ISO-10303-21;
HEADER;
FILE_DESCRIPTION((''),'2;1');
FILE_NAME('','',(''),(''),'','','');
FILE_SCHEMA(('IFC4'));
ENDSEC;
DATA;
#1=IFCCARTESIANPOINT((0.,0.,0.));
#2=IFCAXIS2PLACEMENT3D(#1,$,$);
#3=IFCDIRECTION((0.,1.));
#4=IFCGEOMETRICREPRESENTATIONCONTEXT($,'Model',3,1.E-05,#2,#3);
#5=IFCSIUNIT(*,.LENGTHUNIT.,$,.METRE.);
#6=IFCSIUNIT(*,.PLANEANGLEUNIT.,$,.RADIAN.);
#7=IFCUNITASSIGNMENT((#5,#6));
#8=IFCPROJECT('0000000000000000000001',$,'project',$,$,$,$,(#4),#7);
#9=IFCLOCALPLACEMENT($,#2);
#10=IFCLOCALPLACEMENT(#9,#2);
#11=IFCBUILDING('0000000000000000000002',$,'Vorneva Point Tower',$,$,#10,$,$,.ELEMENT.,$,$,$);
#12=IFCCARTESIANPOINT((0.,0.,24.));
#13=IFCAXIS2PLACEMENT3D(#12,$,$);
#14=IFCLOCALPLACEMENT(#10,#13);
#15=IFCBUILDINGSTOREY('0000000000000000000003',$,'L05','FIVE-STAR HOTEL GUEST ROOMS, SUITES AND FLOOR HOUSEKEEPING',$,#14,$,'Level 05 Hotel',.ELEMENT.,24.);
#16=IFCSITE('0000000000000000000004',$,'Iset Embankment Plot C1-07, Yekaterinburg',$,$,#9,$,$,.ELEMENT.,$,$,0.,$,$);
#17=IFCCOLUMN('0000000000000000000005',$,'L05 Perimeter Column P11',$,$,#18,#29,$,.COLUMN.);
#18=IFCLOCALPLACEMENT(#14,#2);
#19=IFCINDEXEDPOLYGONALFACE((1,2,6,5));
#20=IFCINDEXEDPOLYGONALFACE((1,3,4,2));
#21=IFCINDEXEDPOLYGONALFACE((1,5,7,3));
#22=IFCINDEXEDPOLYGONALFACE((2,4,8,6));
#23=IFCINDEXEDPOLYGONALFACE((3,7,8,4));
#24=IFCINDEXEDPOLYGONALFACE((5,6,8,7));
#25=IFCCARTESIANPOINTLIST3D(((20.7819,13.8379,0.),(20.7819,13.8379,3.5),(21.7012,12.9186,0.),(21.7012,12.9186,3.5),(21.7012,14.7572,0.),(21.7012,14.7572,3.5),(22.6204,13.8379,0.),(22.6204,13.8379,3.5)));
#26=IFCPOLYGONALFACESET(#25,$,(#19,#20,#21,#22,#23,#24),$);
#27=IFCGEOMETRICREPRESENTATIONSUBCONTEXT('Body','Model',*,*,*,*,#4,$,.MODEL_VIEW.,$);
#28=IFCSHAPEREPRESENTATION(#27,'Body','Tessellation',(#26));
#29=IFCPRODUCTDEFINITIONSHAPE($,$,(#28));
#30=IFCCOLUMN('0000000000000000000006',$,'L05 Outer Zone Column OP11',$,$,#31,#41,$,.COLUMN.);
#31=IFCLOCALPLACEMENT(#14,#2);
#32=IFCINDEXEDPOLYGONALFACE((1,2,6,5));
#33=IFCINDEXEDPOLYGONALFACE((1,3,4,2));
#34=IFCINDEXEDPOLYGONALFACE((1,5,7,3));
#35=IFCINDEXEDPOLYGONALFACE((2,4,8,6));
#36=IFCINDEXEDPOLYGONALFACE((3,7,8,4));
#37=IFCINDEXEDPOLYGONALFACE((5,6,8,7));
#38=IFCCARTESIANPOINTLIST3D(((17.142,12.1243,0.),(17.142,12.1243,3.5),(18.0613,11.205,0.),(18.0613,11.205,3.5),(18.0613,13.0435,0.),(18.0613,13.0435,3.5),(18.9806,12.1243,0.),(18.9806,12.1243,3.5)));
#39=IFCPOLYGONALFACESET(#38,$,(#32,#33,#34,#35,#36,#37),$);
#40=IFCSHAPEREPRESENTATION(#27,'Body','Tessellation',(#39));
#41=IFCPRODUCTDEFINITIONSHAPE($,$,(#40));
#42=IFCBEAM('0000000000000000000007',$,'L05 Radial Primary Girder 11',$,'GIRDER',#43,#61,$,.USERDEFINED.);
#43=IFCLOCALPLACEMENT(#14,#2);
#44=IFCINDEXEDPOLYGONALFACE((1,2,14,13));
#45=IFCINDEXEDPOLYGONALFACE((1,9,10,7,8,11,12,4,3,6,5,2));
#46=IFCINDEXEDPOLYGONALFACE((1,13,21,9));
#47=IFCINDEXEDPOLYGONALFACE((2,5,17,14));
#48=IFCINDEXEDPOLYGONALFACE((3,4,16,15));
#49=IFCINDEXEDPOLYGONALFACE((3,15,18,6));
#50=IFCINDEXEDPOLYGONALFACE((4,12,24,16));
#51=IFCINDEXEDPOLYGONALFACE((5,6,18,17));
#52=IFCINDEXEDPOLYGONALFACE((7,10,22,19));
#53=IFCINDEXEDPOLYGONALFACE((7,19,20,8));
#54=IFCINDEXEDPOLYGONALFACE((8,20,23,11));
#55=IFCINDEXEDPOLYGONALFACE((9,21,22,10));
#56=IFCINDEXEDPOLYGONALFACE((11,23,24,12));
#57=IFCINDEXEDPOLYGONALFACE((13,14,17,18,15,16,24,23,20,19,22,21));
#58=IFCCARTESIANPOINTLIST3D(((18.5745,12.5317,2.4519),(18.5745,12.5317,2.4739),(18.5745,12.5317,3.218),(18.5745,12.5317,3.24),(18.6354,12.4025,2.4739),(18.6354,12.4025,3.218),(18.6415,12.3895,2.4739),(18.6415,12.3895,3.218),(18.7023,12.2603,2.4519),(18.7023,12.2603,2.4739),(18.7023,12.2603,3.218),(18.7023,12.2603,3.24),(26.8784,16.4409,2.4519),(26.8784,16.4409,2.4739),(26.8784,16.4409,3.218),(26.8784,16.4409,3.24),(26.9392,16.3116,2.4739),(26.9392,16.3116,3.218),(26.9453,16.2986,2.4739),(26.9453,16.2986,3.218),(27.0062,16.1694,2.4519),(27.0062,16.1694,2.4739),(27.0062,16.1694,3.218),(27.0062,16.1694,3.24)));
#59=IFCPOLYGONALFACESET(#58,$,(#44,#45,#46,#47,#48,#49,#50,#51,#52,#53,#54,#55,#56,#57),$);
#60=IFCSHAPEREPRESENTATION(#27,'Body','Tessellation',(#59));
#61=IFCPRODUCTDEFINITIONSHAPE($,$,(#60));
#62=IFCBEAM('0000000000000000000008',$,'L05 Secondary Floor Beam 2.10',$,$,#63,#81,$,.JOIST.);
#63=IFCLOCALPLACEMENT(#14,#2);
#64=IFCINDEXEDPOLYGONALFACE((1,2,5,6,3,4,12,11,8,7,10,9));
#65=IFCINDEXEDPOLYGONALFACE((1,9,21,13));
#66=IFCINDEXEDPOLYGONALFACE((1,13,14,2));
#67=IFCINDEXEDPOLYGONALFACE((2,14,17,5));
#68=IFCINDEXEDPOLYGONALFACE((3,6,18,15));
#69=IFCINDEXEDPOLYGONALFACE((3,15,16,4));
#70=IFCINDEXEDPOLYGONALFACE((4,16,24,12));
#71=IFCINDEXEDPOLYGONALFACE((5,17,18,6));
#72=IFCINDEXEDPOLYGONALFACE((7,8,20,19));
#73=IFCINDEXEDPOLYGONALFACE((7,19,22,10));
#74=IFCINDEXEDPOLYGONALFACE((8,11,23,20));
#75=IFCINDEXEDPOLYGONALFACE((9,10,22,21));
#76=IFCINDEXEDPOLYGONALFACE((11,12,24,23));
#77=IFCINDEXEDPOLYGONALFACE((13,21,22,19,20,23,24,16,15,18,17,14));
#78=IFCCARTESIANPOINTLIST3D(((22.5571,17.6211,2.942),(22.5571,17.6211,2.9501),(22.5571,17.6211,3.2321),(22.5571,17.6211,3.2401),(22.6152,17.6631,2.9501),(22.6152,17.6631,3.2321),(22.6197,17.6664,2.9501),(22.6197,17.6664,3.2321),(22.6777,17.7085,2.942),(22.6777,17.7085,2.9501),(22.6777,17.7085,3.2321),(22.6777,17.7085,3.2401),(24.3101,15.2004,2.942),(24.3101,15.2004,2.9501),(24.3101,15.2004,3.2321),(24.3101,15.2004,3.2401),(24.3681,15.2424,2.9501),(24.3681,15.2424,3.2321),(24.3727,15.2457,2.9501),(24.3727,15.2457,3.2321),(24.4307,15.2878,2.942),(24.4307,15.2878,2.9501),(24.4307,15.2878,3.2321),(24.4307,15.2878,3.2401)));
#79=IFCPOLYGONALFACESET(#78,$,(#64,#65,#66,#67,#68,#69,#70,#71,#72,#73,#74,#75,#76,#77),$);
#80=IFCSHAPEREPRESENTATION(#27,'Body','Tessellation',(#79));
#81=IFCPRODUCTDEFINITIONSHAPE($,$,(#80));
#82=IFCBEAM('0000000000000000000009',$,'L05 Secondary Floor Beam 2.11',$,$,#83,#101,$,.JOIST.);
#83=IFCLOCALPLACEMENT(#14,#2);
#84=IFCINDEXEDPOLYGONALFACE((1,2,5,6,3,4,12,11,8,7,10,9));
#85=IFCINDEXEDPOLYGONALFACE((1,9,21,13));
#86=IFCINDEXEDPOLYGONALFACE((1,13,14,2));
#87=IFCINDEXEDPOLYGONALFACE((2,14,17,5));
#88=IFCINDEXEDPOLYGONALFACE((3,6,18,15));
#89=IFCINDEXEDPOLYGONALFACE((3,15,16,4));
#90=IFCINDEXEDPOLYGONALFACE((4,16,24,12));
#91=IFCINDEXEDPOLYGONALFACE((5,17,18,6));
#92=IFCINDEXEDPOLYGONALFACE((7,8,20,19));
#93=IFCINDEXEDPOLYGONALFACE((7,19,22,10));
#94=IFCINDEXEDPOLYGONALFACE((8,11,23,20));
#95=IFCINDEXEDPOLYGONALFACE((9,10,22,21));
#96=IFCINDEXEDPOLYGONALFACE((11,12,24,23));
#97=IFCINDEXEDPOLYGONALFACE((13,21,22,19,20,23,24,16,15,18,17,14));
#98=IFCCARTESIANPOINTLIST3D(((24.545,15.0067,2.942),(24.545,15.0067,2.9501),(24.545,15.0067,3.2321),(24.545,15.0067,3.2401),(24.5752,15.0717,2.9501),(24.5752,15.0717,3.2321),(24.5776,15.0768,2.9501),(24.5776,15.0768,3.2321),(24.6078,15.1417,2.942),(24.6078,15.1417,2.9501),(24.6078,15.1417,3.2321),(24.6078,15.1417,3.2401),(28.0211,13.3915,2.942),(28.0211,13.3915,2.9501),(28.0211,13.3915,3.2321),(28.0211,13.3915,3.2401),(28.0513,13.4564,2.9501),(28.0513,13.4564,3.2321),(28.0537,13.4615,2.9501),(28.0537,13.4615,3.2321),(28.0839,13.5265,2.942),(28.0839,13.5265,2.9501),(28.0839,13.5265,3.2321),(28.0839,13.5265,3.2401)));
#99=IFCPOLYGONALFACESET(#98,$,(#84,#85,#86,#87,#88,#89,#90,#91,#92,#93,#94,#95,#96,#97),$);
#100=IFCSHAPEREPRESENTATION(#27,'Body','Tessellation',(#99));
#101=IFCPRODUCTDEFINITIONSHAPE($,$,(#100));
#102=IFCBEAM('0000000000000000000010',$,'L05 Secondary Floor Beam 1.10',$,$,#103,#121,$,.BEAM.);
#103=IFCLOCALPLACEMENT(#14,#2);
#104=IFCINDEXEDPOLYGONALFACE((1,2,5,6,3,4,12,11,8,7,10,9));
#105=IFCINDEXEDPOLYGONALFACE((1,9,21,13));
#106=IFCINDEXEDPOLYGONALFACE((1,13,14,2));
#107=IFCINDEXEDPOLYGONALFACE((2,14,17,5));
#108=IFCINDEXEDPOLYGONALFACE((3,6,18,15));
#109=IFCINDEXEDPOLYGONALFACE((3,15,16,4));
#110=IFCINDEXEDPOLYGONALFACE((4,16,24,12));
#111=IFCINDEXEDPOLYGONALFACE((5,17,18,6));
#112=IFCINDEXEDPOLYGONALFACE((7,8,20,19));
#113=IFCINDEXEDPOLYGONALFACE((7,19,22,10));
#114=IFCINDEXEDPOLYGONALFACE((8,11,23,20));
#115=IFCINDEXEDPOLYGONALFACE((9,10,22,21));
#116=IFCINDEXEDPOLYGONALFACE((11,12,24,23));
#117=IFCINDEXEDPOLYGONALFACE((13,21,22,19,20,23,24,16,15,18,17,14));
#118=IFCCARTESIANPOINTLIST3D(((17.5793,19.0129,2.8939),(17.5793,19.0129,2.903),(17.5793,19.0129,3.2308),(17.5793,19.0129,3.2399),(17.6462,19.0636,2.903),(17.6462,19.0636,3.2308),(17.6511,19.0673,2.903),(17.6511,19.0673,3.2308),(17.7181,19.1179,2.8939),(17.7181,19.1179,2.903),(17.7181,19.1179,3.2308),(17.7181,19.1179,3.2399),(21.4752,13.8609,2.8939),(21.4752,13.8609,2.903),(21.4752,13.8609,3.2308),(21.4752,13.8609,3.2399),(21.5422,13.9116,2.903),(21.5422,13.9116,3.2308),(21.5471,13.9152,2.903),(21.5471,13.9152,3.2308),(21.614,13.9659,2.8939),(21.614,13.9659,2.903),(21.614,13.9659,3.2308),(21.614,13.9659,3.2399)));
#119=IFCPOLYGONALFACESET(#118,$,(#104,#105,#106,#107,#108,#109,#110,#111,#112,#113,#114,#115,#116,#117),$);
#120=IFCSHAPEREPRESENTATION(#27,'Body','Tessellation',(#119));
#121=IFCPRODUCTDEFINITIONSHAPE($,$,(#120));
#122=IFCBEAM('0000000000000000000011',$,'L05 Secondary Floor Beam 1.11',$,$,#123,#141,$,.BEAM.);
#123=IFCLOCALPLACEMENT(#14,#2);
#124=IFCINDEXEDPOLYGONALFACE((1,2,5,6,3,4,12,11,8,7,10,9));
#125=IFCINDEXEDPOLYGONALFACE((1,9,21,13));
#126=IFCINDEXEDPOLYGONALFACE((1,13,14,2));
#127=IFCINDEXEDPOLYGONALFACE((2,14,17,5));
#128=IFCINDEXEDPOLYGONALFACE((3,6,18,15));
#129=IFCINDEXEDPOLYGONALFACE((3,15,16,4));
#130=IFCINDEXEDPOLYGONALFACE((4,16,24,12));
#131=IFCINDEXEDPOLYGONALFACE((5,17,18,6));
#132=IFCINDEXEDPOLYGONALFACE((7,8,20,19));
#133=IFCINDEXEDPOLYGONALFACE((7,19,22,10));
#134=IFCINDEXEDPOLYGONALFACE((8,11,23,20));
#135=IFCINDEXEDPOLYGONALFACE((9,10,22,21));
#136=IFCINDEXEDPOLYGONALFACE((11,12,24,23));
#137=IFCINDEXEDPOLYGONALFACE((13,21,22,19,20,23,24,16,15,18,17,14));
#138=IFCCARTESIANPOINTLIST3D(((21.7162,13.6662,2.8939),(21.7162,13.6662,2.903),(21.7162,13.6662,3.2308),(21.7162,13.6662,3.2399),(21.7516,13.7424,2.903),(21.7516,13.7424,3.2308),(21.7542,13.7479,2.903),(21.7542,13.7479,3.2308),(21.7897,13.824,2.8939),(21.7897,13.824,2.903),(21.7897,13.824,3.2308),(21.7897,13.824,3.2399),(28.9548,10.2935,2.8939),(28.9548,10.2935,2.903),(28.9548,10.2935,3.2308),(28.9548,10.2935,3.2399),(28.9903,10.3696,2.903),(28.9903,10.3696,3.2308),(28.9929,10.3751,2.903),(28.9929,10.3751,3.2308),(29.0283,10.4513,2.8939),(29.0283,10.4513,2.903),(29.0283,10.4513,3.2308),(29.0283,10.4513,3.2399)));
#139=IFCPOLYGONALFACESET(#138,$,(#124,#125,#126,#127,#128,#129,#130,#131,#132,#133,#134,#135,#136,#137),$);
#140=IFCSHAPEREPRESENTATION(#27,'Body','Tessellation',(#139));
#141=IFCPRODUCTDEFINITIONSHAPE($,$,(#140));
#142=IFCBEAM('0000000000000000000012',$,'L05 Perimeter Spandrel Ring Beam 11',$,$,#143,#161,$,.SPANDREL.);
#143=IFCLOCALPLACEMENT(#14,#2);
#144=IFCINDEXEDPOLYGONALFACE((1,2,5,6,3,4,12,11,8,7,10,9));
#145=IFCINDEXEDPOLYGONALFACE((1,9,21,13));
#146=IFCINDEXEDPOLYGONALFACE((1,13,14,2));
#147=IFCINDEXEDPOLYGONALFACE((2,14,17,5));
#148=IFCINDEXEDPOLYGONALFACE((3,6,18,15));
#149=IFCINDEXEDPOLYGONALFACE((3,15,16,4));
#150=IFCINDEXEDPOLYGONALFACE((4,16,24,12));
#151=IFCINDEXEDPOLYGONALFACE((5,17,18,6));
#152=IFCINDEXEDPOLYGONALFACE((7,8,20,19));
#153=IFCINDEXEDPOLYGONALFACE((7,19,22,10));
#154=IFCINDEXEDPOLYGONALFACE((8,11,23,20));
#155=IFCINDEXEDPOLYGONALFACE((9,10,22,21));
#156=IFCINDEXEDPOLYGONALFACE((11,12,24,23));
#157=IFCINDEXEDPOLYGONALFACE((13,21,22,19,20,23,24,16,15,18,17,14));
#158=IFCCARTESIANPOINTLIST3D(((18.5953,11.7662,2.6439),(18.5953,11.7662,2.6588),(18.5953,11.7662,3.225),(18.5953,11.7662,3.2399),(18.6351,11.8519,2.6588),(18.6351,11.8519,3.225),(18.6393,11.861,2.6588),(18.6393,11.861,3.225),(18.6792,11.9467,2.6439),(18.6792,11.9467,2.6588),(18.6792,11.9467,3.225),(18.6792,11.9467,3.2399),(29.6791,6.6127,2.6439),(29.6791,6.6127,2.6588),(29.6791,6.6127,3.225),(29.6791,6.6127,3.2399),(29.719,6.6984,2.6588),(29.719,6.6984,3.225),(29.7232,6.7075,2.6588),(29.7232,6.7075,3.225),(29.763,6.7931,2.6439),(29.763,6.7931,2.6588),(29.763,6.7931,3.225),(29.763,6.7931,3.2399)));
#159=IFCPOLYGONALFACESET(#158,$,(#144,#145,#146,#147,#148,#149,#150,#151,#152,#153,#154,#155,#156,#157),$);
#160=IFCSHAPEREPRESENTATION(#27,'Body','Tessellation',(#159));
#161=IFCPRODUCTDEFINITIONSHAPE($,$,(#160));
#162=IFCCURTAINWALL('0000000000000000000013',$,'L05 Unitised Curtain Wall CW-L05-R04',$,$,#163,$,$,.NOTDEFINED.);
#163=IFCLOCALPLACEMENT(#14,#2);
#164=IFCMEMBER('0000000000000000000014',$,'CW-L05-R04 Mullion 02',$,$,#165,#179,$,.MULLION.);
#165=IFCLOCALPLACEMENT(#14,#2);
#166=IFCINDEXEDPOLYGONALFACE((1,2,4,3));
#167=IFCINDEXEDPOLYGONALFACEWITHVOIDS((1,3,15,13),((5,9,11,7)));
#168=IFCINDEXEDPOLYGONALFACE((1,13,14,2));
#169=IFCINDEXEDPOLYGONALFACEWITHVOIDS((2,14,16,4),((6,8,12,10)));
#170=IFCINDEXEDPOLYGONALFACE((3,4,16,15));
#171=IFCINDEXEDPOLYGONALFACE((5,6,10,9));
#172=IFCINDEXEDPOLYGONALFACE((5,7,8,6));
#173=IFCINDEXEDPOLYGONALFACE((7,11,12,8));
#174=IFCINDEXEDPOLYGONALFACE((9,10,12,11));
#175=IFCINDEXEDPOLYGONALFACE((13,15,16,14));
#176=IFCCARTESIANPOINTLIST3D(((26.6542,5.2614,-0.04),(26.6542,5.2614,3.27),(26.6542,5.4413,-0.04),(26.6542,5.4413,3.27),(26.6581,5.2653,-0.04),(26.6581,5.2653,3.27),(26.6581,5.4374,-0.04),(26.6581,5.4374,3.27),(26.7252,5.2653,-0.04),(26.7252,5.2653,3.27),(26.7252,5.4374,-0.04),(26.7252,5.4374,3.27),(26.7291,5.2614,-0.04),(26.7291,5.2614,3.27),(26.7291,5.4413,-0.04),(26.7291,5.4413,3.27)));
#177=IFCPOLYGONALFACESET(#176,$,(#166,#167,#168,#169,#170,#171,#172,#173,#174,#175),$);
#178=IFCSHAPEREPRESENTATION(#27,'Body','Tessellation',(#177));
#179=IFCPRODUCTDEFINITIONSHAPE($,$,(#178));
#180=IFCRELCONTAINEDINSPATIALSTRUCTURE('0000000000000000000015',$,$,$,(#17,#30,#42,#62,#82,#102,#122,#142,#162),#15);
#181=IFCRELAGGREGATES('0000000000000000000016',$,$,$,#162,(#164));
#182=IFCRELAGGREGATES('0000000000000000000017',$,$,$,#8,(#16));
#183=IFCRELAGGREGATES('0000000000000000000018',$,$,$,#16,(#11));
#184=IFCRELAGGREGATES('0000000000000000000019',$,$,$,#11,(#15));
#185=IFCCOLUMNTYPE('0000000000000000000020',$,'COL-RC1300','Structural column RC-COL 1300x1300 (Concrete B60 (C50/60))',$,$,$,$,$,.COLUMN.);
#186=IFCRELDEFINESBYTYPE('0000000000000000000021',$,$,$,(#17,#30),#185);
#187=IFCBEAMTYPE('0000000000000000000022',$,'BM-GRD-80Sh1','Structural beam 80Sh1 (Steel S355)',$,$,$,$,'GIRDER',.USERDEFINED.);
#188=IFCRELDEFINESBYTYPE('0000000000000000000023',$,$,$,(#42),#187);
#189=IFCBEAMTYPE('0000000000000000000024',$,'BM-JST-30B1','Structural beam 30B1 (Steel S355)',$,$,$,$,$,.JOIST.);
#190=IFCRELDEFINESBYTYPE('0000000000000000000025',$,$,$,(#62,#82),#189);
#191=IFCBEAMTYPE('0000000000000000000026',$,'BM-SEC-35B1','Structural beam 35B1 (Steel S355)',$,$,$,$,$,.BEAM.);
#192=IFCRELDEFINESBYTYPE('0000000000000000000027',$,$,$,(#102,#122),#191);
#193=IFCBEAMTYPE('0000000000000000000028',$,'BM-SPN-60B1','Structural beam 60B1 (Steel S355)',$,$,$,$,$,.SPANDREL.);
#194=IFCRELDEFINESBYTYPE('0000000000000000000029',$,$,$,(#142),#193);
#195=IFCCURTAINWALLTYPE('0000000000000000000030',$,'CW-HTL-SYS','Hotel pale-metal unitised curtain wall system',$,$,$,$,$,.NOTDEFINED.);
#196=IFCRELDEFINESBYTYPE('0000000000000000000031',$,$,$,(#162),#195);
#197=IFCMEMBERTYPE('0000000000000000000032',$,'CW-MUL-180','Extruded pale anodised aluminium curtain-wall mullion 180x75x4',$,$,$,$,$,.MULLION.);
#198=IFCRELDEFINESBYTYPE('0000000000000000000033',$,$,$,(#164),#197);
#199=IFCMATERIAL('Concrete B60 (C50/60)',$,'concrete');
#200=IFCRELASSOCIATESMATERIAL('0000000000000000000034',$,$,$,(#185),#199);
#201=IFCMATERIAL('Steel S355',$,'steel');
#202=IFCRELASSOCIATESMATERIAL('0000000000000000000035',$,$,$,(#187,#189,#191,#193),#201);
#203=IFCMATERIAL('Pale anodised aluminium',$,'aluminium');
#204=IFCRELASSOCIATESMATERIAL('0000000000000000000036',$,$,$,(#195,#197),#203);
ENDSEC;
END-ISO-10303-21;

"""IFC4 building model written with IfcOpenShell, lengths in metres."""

from ifc_helpers import new_model, si_unit, direction, frame, origin, origin_2d, place, context, subcontext, project, spatial, rectangle, hollow_rectangle, i_section, extrude, material, material_profile, profile_set, type_object, element, aggregate, save


model = new_model("IFC4")

# Units and contexts
model_context = context("Model", 3, precision=1e-05, world=origin(), true_north=direction((0.0, 1.0)))
body_context = subcontext(model_context, "Body", "Model", "MODEL_VIEW")
ifc_project = project(units=[si_unit("LENGTHUNIT", "METRE"), si_unit("PLANEANGLEUNIT", "RADIAN")], contexts=[model_context])

# Site, building, storey
site_placement = place(None, origin())
site = spatial("IfcSite", under=ifc_project, at=site_placement, Name="Iset Embankment Plot C1-07, Yekaterinburg", CompositionType="ELEMENT", RefElevation=0.0)
building_placement = place(site_placement, origin())
building = spatial("IfcBuilding", under=site, at=building_placement, Name="Vorneva Point Tower", CompositionType="ELEMENT")
storey_placement = place(building_placement, frame((0.0, 0.0, 24.0)))
storey = spatial("IfcBuildingStorey", under=building, at=storey_placement, Name="L05", Description="FIVE-STAR HOTEL GUEST ROOMS, SUITES AND FLOOR HOUSEKEEPING", LongName="Level 05 Hotel", CompositionType="ELEMENT", Elevation=24.0)

# Columns
ifc_material_1 = material(Name="Concrete B60 (C50/60)", Category="concrete")
ifc_material_profile_1 = material_profile(ifc_material_1, rectangle(XDim=1.3, YDim=1.3, at=origin_2d()), Name="RC-COL 1300x1300")
ifc_profile_set_1 = profile_set([ifc_material_profile_1], Name="Concrete B60 (C50/60)")
column_type = type_object("IfcColumnType", Name="COL-RC1300", Description="Structural column RC-COL 1300x1300 (Concrete B60 (C50/60))", PredefinedType="COLUMN", material=ifc_profile_set_1)
for number, where, z_axis, x_axis, name in (
    (1, (21.7012, 13.8379, 0.0), (0.0, 0.0, 1.0), (-0.707107, -0.707107, 0.0), "L05 Perimeter Column P11"),
    (2, (18.0613, 12.1243, 0.0), (0.0, 0.0, 1.0), (-0.707107, -0.707107, 0.0), "L05 Outer Zone Column OP11"),
):
    element("IfcColumn", number, at=place(storey_placement, frame(where, z_axis=z_axis, x_axis=x_axis)), inside=storey, type_object=column_type, Name=name, PredefinedType="COLUMN", context=body_context, shape_type="SweptSolid", body=[
        extrude(rectangle(XDim=1.3, YDim=1.3, at=origin_2d()), origin(), (0.0, 0.0, 1.0), 3.5),
    ])

# Beams
ifc_material_2 = material(Name="Steel S355", Category="steel")
ifc_material_profile_2 = material_profile(ifc_material_2, i_section(OverallWidth=0.3, OverallDepth=0.7881, WebThickness=0.0144, FlangeThickness=0.022, at=origin_2d()), Name="80Sh1")
ifc_profile_set_2 = profile_set([ifc_material_profile_2], Name="Steel S355")
beam_type_1 = type_object("IfcBeamType", Name="BM-GRD-80Sh1", Description="Structural beam 80Sh1 (Steel S355)", ElementType="GIRDER", PredefinedType="USERDEFINED", material=ifc_profile_set_2)
beam_1_placement = place(storey_placement, frame((18.6384, 12.396, 2.8459), z_axis=(0.904758, 0.425925, 0.0), x_axis=(-0.425925, 0.904758, 0.0)))
element("IfcBeam", 3, at=beam_1_placement, inside=storey, type_object=beam_type_1, Name="L05 Radial Primary Girder 11", ObjectType="GIRDER", PredefinedType="USERDEFINED", context=body_context, shape_type="SweptSolid", body=[
    extrude(i_section(OverallWidth=0.3, OverallDepth=0.7881, WebThickness=0.0144, FlangeThickness=0.022, at=origin_2d()), origin(), (0.0, 0.0, 1.0), 9.178),
])
ifc_material_profile_3 = material_profile(ifc_material_2, i_section(OverallWidth=0.1489, OverallDepth=0.2981, WebThickness=0.0056, FlangeThickness=0.0081, at=origin_2d()), Name="30B1")
ifc_profile_set_3 = profile_set([ifc_material_profile_3], Name="Steel S355")
beam_type_2 = type_object("IfcBeamType", Name="BM-JST-30B1", Description="Structural beam 30B1 (Steel S355)", PredefinedType="JOIST", material=ifc_profile_set_3)
beam_2_placement = place(storey_placement, frame((22.6174, 17.6648, 3.0911), z_axis=(0.586519, -0.809935, 0.0), x_axis=(0.809935, 0.586519, 0.0)))
element("IfcBeam", 4, at=beam_2_placement, inside=storey, type_object=beam_type_2, Name="L05 Secondary Floor Beam 2.10", PredefinedType="JOIST", context=body_context, shape_type="SweptSolid", body=[
    extrude(i_section(OverallWidth=0.1489, OverallDepth=0.2981, WebThickness=0.0056, FlangeThickness=0.0081, at=origin_2d()), origin(), (0.0, 0.0, 1.0), 2.9888),
])
beam_3_placement = place(storey_placement, frame((24.5764, 15.0742, 3.0911), z_axis=(0.906875, -0.421399, 0.0), x_axis=(0.421399, 0.906875, 0.0)))
element("IfcBeam", 5, at=beam_3_placement, inside=storey, type_object=beam_type_2, Name="L05 Secondary Floor Beam 2.11", PredefinedType="JOIST", context=body_context, shape_type="SweptSolid", body=[
    extrude(i_section(OverallWidth=0.1489, OverallDepth=0.2981, WebThickness=0.0056, FlangeThickness=0.0081, at=origin_2d()), origin(), (0.0, 0.0, 1.0), 3.833),
])
ifc_material_profile_4 = material_profile(ifc_material_2, i_section(OverallWidth=0.1741, OverallDepth=0.3459, WebThickness=0.0061, FlangeThickness=0.009, at=origin_2d()), Name="35B1")
ifc_profile_set_4 = profile_set([ifc_material_profile_4], Name="Steel S355")
beam_type_3 = type_object("IfcBeamType", Name="BM-SEC-35B1", Description="Structural beam 35B1 (Steel S355)", PredefinedType="BEAM", material=ifc_profile_set_4)
beam_4_placement = place(storey_placement, frame((17.6487, 19.0654, 3.0669), z_axis=(0.603158, -0.797622, 0.0), x_axis=(0.797622, 0.603158, 0.0)))
element("IfcBeam", 6, at=beam_4_placement, inside=storey, type_object=beam_type_3, Name="L05 Secondary Floor Beam 1.10", PredefinedType="BEAM", context=body_context, shape_type="SweptSolid", body=[
    extrude(i_section(OverallWidth=0.1741, OverallDepth=0.3459, WebThickness=0.0061, FlangeThickness=0.009, at=origin_2d()), origin(), (0.0, 0.0, 1.0), 6.4592),
])
beam_5_placement = place(storey_placement, frame((21.7529, 13.7451, 3.0669), z_axis=(0.906437, -0.422341, 0.0), x_axis=(0.422341, 0.906437, 0.0)))
element("IfcBeam", 7, at=beam_5_placement, inside=storey, type_object=beam_type_3, Name="L05 Secondary Floor Beam 1.11", PredefinedType="BEAM", context=body_context, shape_type="SweptSolid", body=[
    extrude(i_section(OverallWidth=0.1741, OverallDepth=0.3459, WebThickness=0.0061, FlangeThickness=0.009, at=origin_2d()), origin(), (0.0, 0.0, 1.0), 7.9858),
])
ifc_material_profile_5 = material_profile(ifc_material_2, i_section(OverallWidth=0.199, OverallDepth=0.5959, WebThickness=0.01, FlangeThickness=0.0149, at=origin_2d()), Name="60B1")
ifc_profile_set_5 = profile_set([ifc_material_profile_5], Name="Steel S355")
beam_type_4 = type_object("IfcBeamType", Name="BM-SPN-60B1", Description="Structural beam 60B1 (Steel S355)", PredefinedType="SPANDREL", material=ifc_profile_set_5)
beam_6_placement = place(storey_placement, frame((18.6372, 11.8564, 2.9419), z_axis=(0.906777, -0.421611, 0.0), x_axis=(0.421611, 0.906777, 0.0)))
element("IfcBeam", 8, at=beam_6_placement, inside=storey, type_object=beam_type_4, Name="L05 Perimeter Spandrel Ring Beam 11", PredefinedType="SPANDREL", context=body_context, shape_type="SweptSolid", body=[
    extrude(i_section(OverallWidth=0.199, OverallDepth=0.5959, WebThickness=0.01, FlangeThickness=0.0149, at=origin_2d()), origin(), (0.0, 0.0, 1.0), 12.2234),
])

# Curtain wall, member
ifc_material_3 = material(Name="Pale anodised aluminium", Category="aluminium")
curtain_wall_type = type_object("IfcCurtainWallType", Name="CW-HTL-SYS", Description="Hotel pale-metal unitised curtain wall system", PredefinedType="NOTDEFINED", material=ifc_material_3)
curtain_wall_placement = place(storey_placement, origin())
curtain_wall = element("IfcCurtainWall", 9, at=curtain_wall_placement, inside=storey, type_object=curtain_wall_type, Name="L05 Unitised Curtain Wall CW-L05-R04", PredefinedType="NOTDEFINED")
ifc_material_profile_6 = material_profile(ifc_material_3, hollow_rectangle(XDim=0.075, YDim=0.1799, WallThickness=0.0039, at=origin_2d()), Name="AL-MUL 180x75x4")
ifc_profile_set_6 = profile_set([ifc_material_profile_6], Name="Pale anodised aluminium")
member_type_1 = type_object("IfcMemberType", Name="CW-MUL-180", Description="Extruded pale anodised aluminium curtain-wall mullion 180x75x4", PredefinedType="MULLION", material=ifc_profile_set_6)
member_1_placement = place(storey_placement, frame((26.6917, 5.3513, -0.04), z_axis=(0.0, 0.0, 1.0), x_axis=(1.0, 0.0, 0.0)))
member_1 = element("IfcMember", 10, at=member_1_placement, type_object=member_type_1, Name="CW-L05-R04 Mullion 02", PredefinedType="MULLION", context=body_context, shape_type="SweptSolid", body=[
    extrude(hollow_rectangle(XDim=0.075, YDim=0.1799, WallThickness=0.0039, at=origin_2d()), origin(), (0.0, 0.0, 1.0), 3.3101),
])
aggregate(curtain_wall, [member_1])

save(model, "model.ifc")
